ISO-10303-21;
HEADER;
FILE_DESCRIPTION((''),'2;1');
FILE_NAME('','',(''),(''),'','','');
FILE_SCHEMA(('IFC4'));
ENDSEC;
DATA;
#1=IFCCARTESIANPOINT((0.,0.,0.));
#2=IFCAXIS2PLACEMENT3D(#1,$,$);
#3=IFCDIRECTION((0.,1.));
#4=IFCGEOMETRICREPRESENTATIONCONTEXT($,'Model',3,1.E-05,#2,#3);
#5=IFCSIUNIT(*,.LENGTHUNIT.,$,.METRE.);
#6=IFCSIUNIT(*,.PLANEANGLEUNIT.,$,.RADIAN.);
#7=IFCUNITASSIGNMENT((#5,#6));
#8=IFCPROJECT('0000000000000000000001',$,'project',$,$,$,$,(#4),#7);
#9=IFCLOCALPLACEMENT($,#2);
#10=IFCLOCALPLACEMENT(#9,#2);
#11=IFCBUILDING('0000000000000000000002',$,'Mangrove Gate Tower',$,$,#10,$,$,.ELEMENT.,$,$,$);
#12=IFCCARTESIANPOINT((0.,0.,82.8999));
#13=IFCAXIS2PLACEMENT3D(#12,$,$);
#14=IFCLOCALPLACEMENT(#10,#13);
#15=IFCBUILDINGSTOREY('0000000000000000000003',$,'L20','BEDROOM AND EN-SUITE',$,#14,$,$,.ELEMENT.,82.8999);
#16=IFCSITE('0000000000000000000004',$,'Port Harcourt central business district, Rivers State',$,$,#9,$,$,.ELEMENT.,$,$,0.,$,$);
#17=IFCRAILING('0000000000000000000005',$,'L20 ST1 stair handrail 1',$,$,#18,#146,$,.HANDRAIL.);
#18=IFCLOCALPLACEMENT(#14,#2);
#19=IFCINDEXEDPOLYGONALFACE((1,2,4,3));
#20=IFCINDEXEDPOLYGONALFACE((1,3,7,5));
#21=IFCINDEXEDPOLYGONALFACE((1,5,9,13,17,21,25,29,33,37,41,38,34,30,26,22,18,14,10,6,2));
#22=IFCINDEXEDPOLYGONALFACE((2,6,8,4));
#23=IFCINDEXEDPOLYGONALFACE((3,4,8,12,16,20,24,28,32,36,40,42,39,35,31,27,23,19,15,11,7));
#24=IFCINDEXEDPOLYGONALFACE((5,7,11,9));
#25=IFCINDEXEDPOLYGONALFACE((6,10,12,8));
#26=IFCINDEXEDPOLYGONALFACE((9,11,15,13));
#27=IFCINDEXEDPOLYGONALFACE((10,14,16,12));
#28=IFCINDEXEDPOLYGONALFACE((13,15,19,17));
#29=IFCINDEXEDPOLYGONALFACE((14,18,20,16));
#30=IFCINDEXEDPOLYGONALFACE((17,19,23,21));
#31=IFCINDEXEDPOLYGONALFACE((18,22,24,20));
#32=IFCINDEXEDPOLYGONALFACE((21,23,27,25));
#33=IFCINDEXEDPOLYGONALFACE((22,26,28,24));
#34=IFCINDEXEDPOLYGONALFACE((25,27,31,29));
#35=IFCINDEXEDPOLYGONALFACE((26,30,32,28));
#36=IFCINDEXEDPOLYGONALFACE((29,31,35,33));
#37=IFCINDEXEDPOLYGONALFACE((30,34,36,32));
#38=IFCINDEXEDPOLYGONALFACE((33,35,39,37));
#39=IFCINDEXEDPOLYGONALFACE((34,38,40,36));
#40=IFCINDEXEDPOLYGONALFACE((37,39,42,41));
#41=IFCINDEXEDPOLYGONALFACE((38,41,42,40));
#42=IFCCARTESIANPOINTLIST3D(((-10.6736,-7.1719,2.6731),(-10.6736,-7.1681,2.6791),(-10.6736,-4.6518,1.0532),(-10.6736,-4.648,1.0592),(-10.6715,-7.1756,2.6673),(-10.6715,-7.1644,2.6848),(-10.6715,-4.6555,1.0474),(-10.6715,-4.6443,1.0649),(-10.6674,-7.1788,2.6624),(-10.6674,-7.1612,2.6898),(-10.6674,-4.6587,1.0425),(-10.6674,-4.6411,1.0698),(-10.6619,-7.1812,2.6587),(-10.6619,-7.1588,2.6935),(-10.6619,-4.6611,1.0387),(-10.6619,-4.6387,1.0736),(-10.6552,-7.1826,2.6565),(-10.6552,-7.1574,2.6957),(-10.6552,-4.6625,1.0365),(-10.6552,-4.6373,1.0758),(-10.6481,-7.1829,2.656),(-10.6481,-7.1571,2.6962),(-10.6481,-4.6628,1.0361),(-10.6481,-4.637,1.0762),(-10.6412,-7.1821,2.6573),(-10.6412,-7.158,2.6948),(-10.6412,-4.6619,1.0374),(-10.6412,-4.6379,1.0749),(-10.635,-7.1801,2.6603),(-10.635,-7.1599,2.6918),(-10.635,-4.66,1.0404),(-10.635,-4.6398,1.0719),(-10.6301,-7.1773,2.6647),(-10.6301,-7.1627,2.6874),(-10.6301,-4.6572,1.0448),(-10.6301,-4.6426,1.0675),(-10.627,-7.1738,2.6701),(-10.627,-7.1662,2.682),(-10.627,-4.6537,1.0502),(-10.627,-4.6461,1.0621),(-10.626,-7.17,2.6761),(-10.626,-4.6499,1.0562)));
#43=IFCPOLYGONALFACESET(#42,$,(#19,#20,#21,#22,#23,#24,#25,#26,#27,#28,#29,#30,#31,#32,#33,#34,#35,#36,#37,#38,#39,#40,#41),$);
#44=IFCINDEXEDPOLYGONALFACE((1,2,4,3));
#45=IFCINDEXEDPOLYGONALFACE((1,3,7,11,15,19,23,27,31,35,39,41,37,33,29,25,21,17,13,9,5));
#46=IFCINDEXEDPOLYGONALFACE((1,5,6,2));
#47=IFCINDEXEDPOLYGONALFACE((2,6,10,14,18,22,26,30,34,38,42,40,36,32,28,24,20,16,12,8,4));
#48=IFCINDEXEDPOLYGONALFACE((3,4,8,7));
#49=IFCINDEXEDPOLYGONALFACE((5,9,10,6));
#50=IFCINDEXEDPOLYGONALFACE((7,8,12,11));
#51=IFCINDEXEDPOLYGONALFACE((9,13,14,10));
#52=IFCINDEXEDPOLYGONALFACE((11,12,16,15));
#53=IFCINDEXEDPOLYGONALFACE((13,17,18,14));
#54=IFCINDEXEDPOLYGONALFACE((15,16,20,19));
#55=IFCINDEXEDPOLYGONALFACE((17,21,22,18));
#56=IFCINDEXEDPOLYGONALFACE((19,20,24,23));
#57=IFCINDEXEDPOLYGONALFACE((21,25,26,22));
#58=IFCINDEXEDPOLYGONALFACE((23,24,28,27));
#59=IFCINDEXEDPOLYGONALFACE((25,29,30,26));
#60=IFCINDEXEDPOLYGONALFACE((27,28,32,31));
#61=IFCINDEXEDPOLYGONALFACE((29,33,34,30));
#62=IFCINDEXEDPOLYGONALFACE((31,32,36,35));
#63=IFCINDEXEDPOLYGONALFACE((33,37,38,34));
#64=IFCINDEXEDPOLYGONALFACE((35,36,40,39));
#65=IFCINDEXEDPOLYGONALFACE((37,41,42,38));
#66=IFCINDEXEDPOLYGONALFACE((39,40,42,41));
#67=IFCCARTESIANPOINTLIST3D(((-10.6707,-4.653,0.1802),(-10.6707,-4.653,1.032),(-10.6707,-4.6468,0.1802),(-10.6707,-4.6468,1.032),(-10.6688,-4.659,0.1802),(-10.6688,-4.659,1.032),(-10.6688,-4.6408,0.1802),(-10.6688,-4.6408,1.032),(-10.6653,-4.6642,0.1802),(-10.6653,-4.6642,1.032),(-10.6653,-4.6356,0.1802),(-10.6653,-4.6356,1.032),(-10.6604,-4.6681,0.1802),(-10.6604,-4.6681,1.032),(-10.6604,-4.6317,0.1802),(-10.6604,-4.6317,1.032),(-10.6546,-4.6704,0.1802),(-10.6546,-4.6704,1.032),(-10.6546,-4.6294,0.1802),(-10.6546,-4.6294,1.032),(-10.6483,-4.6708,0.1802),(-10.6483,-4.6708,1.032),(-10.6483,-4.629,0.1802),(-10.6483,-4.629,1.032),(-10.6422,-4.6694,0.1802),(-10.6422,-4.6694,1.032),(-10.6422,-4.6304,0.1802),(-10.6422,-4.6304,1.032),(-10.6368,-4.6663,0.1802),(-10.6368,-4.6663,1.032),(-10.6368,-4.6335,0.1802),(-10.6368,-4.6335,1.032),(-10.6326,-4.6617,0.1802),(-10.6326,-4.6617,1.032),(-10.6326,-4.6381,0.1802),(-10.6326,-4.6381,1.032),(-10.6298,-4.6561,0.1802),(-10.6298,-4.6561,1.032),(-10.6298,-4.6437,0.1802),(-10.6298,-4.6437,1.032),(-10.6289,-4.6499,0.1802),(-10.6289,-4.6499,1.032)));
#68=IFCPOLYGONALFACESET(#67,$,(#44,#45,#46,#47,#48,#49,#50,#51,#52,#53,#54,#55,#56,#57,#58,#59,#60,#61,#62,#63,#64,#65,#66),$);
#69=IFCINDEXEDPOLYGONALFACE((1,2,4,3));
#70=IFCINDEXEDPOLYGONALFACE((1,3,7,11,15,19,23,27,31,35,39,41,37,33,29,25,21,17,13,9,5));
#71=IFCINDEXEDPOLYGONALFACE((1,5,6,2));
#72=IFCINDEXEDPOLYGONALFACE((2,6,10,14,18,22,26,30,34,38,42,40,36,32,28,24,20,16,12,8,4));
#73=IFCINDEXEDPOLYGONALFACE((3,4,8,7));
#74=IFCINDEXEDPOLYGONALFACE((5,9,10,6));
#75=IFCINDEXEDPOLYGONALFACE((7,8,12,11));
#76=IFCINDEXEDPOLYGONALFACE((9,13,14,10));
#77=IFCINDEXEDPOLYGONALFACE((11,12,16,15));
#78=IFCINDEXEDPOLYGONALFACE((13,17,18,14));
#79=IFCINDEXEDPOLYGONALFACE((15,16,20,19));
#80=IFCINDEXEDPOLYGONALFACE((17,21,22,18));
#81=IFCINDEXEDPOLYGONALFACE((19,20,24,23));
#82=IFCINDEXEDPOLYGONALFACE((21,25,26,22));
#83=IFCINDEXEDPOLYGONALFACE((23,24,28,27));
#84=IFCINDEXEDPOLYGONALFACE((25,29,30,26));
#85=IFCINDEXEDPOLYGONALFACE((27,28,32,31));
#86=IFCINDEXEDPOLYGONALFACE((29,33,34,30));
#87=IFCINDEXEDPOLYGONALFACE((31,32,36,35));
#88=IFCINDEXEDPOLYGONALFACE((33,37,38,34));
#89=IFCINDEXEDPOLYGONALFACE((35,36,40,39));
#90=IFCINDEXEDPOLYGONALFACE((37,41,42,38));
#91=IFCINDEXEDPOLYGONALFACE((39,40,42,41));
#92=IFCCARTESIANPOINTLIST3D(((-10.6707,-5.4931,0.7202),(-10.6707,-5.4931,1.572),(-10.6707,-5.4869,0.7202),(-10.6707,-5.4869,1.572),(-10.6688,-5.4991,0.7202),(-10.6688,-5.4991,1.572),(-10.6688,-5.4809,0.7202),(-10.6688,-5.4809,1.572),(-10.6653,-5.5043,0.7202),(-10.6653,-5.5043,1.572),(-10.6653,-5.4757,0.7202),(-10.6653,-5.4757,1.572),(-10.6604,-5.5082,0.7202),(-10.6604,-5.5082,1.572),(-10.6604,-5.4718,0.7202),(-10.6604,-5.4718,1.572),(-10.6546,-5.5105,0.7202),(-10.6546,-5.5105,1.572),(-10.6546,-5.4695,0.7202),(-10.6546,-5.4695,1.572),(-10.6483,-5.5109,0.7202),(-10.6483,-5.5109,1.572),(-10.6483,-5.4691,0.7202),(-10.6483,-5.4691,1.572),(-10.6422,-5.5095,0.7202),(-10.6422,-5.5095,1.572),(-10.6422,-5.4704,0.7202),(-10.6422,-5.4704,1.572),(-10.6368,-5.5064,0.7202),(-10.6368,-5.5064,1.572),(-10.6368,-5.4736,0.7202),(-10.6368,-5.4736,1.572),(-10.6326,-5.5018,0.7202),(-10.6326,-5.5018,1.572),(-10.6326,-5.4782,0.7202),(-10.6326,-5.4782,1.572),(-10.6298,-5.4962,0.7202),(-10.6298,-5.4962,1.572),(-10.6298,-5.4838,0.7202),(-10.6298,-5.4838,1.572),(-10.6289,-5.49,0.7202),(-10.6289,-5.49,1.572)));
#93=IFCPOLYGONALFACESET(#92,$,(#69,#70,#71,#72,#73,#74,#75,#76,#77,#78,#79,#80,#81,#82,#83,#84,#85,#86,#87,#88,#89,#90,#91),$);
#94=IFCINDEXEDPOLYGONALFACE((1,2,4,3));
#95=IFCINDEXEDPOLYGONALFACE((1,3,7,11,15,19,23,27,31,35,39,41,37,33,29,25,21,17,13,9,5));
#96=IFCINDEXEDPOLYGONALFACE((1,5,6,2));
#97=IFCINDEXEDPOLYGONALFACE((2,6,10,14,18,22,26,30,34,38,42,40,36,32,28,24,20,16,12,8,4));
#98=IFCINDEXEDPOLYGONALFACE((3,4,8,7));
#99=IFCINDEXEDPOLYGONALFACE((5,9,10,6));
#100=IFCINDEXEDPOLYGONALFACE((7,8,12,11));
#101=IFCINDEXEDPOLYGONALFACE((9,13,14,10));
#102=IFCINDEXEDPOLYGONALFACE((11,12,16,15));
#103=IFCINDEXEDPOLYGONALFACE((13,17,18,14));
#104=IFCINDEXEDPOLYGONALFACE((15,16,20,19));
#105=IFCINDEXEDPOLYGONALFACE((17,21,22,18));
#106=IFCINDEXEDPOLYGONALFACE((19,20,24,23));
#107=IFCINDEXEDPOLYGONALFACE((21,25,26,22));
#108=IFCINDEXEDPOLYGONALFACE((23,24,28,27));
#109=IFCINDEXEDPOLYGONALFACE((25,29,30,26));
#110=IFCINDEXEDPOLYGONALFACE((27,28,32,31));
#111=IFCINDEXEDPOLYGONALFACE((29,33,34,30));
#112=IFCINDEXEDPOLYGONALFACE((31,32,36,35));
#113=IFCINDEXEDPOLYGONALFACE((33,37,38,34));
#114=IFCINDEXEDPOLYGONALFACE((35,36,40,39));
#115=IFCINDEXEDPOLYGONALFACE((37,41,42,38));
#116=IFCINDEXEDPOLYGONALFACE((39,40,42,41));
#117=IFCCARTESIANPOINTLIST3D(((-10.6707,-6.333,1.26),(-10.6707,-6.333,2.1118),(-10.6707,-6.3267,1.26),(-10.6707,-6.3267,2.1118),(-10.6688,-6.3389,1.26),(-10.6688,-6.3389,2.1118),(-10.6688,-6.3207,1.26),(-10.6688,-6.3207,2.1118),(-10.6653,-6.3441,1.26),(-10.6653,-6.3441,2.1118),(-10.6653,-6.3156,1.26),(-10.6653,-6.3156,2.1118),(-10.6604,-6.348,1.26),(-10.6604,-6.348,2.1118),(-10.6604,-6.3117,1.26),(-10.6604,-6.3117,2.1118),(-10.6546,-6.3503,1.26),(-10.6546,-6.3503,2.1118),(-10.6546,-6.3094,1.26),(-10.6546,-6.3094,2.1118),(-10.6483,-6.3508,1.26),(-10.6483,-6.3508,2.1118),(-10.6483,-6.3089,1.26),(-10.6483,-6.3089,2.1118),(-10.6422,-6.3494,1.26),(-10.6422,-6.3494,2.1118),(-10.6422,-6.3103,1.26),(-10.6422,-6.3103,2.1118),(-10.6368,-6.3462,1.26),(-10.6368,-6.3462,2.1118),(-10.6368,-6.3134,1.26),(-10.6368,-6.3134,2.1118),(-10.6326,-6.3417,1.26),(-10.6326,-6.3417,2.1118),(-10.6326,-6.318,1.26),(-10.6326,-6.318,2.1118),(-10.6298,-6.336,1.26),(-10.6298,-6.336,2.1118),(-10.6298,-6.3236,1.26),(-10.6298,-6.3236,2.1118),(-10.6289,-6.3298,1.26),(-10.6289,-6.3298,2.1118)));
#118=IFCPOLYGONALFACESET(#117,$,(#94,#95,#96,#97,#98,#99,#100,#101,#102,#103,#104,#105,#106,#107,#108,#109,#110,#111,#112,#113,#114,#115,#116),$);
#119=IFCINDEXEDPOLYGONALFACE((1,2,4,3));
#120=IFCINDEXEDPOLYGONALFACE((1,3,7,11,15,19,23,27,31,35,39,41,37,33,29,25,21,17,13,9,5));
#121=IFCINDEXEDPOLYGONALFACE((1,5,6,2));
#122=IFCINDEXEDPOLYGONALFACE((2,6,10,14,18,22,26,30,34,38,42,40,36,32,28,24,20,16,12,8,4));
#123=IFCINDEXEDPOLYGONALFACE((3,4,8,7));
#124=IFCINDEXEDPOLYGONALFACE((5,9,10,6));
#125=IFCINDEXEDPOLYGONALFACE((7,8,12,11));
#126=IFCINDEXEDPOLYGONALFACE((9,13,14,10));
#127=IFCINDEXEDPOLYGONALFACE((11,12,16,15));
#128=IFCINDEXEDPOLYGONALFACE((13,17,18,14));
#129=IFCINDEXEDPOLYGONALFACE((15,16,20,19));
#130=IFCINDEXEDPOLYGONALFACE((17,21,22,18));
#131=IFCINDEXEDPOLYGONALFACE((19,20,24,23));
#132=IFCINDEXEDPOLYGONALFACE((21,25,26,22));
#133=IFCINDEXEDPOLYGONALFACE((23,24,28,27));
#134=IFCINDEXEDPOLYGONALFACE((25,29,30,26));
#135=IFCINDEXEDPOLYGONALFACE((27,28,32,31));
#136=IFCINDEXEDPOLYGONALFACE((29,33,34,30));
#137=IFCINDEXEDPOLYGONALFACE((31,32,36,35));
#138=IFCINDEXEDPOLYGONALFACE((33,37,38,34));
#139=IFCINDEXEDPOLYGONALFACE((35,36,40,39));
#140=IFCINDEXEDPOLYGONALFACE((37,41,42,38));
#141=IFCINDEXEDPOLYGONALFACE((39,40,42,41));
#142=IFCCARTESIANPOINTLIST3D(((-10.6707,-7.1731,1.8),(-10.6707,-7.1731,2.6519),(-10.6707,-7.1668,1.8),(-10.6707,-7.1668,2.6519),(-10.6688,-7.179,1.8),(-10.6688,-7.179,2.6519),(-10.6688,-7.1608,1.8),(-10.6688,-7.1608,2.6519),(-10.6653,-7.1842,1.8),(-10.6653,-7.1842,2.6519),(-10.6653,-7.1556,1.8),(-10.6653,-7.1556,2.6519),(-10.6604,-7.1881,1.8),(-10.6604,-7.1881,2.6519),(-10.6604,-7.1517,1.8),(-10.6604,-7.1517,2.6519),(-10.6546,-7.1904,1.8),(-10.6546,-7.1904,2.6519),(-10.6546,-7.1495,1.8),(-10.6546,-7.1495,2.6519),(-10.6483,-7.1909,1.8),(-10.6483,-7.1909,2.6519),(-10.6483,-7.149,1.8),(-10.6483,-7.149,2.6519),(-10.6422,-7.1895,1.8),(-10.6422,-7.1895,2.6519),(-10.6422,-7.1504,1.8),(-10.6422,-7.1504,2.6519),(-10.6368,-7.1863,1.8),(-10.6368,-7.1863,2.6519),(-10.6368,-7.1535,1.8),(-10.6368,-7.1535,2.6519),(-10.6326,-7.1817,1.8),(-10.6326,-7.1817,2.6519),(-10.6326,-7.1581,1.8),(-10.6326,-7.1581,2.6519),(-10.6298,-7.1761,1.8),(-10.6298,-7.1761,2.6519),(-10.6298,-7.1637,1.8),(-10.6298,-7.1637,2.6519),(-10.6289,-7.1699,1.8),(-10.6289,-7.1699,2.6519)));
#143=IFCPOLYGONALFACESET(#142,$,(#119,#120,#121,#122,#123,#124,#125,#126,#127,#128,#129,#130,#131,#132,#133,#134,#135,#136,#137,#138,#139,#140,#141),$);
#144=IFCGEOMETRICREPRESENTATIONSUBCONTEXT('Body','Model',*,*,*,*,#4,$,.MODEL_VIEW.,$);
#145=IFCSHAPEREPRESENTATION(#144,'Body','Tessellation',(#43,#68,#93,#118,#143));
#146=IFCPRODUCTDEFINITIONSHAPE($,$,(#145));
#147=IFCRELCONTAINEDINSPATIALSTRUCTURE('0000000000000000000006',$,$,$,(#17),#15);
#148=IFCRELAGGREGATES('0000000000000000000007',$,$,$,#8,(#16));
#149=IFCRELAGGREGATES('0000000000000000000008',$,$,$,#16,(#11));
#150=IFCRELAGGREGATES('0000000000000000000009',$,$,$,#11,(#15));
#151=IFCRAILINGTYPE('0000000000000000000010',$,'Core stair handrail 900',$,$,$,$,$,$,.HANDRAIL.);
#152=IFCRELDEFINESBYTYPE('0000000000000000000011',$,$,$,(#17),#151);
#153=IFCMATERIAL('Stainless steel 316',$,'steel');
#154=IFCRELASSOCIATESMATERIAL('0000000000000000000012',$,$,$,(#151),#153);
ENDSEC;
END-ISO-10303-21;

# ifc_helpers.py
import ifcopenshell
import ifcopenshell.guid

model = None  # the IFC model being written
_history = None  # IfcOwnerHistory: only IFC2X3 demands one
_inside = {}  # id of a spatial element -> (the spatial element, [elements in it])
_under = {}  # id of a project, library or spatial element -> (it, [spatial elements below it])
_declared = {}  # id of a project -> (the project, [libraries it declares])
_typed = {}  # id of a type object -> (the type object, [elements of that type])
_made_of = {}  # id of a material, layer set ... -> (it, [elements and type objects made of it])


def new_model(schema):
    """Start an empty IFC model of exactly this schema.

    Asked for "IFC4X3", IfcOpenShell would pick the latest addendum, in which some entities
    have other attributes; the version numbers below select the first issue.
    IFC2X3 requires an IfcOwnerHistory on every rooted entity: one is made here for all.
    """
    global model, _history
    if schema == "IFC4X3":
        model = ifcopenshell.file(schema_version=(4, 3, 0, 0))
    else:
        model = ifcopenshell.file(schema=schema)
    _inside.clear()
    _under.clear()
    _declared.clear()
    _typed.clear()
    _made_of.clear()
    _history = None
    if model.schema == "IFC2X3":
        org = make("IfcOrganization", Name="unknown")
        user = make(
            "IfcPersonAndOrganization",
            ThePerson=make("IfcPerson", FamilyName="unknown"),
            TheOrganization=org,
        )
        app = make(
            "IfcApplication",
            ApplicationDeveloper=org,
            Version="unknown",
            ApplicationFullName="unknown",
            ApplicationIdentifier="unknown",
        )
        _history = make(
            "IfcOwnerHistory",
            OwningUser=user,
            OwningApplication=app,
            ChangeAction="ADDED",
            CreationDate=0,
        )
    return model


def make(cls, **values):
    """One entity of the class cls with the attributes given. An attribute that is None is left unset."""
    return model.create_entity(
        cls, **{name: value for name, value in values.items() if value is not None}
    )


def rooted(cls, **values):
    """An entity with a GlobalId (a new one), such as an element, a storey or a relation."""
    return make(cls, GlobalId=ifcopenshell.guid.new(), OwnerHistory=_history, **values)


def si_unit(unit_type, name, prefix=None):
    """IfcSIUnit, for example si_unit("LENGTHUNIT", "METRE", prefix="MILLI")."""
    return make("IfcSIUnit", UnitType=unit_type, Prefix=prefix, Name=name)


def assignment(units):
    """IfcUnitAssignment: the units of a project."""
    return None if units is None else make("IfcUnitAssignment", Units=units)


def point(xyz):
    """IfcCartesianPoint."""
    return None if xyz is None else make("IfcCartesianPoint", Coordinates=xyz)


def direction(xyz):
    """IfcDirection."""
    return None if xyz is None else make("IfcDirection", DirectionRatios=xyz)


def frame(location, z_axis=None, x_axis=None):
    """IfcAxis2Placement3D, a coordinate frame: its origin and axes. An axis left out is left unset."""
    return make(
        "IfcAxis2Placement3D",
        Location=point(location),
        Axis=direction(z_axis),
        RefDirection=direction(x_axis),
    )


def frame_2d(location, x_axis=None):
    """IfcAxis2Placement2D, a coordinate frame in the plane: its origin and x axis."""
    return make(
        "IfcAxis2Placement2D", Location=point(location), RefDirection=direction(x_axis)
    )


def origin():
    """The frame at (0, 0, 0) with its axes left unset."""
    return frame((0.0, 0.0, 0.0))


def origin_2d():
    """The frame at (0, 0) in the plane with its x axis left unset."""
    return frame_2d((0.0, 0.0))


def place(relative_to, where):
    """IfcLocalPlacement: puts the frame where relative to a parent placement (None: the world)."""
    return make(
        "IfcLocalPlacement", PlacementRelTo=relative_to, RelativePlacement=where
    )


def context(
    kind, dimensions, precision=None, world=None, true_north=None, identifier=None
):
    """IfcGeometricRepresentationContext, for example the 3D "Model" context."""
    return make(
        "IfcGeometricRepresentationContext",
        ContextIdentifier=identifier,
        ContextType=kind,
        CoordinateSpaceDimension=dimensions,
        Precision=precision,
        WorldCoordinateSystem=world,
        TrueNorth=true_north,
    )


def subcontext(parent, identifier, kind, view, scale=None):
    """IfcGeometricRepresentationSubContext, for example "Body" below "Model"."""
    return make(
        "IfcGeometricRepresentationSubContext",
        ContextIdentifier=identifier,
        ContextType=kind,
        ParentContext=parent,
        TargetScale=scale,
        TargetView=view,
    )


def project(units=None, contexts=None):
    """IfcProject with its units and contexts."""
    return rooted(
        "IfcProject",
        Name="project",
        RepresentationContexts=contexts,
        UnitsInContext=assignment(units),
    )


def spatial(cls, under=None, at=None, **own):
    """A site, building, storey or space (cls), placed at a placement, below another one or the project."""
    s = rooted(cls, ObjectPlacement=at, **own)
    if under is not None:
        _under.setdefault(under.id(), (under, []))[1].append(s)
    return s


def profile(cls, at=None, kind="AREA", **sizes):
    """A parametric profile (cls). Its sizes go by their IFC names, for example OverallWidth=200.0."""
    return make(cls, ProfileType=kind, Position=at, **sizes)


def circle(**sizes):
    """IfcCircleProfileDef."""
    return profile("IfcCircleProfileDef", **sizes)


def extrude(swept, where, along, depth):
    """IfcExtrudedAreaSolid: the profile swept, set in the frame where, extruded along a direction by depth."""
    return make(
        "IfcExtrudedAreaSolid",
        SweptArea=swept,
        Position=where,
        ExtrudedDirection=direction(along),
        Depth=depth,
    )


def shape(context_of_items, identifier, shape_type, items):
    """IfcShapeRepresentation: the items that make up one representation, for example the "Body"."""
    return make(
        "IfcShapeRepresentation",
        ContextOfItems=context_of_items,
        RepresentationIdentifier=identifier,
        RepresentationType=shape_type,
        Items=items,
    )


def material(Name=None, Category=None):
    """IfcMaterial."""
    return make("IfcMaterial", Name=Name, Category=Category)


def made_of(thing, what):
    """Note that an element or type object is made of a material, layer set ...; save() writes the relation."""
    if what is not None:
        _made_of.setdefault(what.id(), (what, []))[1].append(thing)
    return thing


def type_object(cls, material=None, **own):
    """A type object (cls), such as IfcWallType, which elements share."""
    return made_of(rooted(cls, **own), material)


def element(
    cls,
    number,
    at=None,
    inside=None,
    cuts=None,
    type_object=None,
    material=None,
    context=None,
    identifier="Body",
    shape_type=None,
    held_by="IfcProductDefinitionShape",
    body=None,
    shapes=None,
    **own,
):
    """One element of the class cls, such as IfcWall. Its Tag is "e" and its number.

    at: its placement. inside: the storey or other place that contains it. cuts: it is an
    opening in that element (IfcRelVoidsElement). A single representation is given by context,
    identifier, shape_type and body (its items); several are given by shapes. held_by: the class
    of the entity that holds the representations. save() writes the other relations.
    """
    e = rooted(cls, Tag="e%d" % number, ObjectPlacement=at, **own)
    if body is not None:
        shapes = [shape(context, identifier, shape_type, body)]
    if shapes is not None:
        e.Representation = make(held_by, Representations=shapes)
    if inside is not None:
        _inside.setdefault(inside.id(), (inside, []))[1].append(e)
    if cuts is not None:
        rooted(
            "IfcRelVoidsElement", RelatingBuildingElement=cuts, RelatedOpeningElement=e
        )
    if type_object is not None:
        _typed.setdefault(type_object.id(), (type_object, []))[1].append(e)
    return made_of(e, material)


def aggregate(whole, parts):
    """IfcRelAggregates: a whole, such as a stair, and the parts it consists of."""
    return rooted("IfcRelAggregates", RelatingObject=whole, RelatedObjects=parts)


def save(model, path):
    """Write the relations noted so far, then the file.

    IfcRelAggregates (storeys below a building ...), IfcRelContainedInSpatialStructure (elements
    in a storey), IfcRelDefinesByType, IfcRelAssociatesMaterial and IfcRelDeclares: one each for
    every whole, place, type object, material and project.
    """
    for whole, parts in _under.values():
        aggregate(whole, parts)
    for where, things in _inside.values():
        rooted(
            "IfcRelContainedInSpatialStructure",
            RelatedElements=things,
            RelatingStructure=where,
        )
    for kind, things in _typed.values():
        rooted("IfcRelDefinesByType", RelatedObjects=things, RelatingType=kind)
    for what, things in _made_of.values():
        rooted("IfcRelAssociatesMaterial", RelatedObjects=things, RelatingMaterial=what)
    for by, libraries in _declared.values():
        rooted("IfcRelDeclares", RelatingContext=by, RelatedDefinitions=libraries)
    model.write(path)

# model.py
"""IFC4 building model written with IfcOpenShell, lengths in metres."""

from ifc_helpers import new_model, si_unit, direction, frame, origin, origin_2d, place, context, subcontext, project, spatial, circle, extrude, material, type_object, element, save


model = new_model("IFC4")

# Units and contexts
model_context = context("Model", 3, precision=1e-05, world=origin(), true_north=direction((0.0, 1.0)))
body_context = subcontext(model_context, "Body", "Model", "MODEL_VIEW")
ifc_project = project(units=[si_unit("LENGTHUNIT", "METRE"), si_unit("PLANEANGLEUNIT", "RADIAN")], contexts=[model_context])

# Site, building, storey
site_placement = place(None, origin())
site = spatial("IfcSite", under=ifc_project, at=site_placement, Name="Port Harcourt central business district, Rivers State", CompositionType="ELEMENT", RefElevation=0.0)
building_placement = place(site_placement, origin())
building = spatial("IfcBuilding", under=site, at=building_placement, Name="Mangrove Gate Tower", CompositionType="ELEMENT")
storey_placement = place(building_placement, frame((0.0, 0.0, 82.8999)))
storey = spatial("IfcBuildingStorey", under=building, at=storey_placement, Name="L20", Description="BEDROOM AND EN-SUITE", CompositionType="ELEMENT", Elevation=82.8999)

# Railing
ifc_material_1 = material(Name="Stainless steel 316", Category="steel")
railing_type_1 = type_object("IfcRailingType", Name="Core stair handrail 900", PredefinedType="HANDRAIL", material=ifc_material_1)
railing_1_placement = place(storey_placement, frame((-10.6499, -4.6499, 0.1802)))
element("IfcRailing", 1, at=railing_1_placement, inside=storey, type_object=railing_type_1, Name="L20 ST1 stair handrail 1", PredefinedType="HANDRAIL", context=body_context, shape_type="SweptSolid", body=[
    extrude(circle(Radius=0.0239, at=origin_2d()), frame((0.0, 0.0, 0.876), z_axis=(0.0, -0.8412, 0.540725), x_axis=(1.0, 0.0, 0.0)), (0.0, 0.0, 1.0), 2.9958),
    extrude(circle(Radius=0.021, at=origin_2d()), origin(), (0.0, 0.0, 1.0), 0.8518),
    extrude(circle(Radius=0.021, at=origin_2d()), frame((0.0, -0.8401, 0.54)), (0.0, 0.0, 1.0), 0.8518),
    extrude(circle(Radius=0.021, at=origin_2d()), frame((0.0, -1.6799, 1.0798)), (0.0, 0.0, 1.0), 0.8518),
    extrude(circle(Radius=0.021, at=origin_2d()), frame((0.0, -2.52, 1.6199)), (0.0, 0.0, 1.0), 0.8518),
])

save(model, "model.ifc")
